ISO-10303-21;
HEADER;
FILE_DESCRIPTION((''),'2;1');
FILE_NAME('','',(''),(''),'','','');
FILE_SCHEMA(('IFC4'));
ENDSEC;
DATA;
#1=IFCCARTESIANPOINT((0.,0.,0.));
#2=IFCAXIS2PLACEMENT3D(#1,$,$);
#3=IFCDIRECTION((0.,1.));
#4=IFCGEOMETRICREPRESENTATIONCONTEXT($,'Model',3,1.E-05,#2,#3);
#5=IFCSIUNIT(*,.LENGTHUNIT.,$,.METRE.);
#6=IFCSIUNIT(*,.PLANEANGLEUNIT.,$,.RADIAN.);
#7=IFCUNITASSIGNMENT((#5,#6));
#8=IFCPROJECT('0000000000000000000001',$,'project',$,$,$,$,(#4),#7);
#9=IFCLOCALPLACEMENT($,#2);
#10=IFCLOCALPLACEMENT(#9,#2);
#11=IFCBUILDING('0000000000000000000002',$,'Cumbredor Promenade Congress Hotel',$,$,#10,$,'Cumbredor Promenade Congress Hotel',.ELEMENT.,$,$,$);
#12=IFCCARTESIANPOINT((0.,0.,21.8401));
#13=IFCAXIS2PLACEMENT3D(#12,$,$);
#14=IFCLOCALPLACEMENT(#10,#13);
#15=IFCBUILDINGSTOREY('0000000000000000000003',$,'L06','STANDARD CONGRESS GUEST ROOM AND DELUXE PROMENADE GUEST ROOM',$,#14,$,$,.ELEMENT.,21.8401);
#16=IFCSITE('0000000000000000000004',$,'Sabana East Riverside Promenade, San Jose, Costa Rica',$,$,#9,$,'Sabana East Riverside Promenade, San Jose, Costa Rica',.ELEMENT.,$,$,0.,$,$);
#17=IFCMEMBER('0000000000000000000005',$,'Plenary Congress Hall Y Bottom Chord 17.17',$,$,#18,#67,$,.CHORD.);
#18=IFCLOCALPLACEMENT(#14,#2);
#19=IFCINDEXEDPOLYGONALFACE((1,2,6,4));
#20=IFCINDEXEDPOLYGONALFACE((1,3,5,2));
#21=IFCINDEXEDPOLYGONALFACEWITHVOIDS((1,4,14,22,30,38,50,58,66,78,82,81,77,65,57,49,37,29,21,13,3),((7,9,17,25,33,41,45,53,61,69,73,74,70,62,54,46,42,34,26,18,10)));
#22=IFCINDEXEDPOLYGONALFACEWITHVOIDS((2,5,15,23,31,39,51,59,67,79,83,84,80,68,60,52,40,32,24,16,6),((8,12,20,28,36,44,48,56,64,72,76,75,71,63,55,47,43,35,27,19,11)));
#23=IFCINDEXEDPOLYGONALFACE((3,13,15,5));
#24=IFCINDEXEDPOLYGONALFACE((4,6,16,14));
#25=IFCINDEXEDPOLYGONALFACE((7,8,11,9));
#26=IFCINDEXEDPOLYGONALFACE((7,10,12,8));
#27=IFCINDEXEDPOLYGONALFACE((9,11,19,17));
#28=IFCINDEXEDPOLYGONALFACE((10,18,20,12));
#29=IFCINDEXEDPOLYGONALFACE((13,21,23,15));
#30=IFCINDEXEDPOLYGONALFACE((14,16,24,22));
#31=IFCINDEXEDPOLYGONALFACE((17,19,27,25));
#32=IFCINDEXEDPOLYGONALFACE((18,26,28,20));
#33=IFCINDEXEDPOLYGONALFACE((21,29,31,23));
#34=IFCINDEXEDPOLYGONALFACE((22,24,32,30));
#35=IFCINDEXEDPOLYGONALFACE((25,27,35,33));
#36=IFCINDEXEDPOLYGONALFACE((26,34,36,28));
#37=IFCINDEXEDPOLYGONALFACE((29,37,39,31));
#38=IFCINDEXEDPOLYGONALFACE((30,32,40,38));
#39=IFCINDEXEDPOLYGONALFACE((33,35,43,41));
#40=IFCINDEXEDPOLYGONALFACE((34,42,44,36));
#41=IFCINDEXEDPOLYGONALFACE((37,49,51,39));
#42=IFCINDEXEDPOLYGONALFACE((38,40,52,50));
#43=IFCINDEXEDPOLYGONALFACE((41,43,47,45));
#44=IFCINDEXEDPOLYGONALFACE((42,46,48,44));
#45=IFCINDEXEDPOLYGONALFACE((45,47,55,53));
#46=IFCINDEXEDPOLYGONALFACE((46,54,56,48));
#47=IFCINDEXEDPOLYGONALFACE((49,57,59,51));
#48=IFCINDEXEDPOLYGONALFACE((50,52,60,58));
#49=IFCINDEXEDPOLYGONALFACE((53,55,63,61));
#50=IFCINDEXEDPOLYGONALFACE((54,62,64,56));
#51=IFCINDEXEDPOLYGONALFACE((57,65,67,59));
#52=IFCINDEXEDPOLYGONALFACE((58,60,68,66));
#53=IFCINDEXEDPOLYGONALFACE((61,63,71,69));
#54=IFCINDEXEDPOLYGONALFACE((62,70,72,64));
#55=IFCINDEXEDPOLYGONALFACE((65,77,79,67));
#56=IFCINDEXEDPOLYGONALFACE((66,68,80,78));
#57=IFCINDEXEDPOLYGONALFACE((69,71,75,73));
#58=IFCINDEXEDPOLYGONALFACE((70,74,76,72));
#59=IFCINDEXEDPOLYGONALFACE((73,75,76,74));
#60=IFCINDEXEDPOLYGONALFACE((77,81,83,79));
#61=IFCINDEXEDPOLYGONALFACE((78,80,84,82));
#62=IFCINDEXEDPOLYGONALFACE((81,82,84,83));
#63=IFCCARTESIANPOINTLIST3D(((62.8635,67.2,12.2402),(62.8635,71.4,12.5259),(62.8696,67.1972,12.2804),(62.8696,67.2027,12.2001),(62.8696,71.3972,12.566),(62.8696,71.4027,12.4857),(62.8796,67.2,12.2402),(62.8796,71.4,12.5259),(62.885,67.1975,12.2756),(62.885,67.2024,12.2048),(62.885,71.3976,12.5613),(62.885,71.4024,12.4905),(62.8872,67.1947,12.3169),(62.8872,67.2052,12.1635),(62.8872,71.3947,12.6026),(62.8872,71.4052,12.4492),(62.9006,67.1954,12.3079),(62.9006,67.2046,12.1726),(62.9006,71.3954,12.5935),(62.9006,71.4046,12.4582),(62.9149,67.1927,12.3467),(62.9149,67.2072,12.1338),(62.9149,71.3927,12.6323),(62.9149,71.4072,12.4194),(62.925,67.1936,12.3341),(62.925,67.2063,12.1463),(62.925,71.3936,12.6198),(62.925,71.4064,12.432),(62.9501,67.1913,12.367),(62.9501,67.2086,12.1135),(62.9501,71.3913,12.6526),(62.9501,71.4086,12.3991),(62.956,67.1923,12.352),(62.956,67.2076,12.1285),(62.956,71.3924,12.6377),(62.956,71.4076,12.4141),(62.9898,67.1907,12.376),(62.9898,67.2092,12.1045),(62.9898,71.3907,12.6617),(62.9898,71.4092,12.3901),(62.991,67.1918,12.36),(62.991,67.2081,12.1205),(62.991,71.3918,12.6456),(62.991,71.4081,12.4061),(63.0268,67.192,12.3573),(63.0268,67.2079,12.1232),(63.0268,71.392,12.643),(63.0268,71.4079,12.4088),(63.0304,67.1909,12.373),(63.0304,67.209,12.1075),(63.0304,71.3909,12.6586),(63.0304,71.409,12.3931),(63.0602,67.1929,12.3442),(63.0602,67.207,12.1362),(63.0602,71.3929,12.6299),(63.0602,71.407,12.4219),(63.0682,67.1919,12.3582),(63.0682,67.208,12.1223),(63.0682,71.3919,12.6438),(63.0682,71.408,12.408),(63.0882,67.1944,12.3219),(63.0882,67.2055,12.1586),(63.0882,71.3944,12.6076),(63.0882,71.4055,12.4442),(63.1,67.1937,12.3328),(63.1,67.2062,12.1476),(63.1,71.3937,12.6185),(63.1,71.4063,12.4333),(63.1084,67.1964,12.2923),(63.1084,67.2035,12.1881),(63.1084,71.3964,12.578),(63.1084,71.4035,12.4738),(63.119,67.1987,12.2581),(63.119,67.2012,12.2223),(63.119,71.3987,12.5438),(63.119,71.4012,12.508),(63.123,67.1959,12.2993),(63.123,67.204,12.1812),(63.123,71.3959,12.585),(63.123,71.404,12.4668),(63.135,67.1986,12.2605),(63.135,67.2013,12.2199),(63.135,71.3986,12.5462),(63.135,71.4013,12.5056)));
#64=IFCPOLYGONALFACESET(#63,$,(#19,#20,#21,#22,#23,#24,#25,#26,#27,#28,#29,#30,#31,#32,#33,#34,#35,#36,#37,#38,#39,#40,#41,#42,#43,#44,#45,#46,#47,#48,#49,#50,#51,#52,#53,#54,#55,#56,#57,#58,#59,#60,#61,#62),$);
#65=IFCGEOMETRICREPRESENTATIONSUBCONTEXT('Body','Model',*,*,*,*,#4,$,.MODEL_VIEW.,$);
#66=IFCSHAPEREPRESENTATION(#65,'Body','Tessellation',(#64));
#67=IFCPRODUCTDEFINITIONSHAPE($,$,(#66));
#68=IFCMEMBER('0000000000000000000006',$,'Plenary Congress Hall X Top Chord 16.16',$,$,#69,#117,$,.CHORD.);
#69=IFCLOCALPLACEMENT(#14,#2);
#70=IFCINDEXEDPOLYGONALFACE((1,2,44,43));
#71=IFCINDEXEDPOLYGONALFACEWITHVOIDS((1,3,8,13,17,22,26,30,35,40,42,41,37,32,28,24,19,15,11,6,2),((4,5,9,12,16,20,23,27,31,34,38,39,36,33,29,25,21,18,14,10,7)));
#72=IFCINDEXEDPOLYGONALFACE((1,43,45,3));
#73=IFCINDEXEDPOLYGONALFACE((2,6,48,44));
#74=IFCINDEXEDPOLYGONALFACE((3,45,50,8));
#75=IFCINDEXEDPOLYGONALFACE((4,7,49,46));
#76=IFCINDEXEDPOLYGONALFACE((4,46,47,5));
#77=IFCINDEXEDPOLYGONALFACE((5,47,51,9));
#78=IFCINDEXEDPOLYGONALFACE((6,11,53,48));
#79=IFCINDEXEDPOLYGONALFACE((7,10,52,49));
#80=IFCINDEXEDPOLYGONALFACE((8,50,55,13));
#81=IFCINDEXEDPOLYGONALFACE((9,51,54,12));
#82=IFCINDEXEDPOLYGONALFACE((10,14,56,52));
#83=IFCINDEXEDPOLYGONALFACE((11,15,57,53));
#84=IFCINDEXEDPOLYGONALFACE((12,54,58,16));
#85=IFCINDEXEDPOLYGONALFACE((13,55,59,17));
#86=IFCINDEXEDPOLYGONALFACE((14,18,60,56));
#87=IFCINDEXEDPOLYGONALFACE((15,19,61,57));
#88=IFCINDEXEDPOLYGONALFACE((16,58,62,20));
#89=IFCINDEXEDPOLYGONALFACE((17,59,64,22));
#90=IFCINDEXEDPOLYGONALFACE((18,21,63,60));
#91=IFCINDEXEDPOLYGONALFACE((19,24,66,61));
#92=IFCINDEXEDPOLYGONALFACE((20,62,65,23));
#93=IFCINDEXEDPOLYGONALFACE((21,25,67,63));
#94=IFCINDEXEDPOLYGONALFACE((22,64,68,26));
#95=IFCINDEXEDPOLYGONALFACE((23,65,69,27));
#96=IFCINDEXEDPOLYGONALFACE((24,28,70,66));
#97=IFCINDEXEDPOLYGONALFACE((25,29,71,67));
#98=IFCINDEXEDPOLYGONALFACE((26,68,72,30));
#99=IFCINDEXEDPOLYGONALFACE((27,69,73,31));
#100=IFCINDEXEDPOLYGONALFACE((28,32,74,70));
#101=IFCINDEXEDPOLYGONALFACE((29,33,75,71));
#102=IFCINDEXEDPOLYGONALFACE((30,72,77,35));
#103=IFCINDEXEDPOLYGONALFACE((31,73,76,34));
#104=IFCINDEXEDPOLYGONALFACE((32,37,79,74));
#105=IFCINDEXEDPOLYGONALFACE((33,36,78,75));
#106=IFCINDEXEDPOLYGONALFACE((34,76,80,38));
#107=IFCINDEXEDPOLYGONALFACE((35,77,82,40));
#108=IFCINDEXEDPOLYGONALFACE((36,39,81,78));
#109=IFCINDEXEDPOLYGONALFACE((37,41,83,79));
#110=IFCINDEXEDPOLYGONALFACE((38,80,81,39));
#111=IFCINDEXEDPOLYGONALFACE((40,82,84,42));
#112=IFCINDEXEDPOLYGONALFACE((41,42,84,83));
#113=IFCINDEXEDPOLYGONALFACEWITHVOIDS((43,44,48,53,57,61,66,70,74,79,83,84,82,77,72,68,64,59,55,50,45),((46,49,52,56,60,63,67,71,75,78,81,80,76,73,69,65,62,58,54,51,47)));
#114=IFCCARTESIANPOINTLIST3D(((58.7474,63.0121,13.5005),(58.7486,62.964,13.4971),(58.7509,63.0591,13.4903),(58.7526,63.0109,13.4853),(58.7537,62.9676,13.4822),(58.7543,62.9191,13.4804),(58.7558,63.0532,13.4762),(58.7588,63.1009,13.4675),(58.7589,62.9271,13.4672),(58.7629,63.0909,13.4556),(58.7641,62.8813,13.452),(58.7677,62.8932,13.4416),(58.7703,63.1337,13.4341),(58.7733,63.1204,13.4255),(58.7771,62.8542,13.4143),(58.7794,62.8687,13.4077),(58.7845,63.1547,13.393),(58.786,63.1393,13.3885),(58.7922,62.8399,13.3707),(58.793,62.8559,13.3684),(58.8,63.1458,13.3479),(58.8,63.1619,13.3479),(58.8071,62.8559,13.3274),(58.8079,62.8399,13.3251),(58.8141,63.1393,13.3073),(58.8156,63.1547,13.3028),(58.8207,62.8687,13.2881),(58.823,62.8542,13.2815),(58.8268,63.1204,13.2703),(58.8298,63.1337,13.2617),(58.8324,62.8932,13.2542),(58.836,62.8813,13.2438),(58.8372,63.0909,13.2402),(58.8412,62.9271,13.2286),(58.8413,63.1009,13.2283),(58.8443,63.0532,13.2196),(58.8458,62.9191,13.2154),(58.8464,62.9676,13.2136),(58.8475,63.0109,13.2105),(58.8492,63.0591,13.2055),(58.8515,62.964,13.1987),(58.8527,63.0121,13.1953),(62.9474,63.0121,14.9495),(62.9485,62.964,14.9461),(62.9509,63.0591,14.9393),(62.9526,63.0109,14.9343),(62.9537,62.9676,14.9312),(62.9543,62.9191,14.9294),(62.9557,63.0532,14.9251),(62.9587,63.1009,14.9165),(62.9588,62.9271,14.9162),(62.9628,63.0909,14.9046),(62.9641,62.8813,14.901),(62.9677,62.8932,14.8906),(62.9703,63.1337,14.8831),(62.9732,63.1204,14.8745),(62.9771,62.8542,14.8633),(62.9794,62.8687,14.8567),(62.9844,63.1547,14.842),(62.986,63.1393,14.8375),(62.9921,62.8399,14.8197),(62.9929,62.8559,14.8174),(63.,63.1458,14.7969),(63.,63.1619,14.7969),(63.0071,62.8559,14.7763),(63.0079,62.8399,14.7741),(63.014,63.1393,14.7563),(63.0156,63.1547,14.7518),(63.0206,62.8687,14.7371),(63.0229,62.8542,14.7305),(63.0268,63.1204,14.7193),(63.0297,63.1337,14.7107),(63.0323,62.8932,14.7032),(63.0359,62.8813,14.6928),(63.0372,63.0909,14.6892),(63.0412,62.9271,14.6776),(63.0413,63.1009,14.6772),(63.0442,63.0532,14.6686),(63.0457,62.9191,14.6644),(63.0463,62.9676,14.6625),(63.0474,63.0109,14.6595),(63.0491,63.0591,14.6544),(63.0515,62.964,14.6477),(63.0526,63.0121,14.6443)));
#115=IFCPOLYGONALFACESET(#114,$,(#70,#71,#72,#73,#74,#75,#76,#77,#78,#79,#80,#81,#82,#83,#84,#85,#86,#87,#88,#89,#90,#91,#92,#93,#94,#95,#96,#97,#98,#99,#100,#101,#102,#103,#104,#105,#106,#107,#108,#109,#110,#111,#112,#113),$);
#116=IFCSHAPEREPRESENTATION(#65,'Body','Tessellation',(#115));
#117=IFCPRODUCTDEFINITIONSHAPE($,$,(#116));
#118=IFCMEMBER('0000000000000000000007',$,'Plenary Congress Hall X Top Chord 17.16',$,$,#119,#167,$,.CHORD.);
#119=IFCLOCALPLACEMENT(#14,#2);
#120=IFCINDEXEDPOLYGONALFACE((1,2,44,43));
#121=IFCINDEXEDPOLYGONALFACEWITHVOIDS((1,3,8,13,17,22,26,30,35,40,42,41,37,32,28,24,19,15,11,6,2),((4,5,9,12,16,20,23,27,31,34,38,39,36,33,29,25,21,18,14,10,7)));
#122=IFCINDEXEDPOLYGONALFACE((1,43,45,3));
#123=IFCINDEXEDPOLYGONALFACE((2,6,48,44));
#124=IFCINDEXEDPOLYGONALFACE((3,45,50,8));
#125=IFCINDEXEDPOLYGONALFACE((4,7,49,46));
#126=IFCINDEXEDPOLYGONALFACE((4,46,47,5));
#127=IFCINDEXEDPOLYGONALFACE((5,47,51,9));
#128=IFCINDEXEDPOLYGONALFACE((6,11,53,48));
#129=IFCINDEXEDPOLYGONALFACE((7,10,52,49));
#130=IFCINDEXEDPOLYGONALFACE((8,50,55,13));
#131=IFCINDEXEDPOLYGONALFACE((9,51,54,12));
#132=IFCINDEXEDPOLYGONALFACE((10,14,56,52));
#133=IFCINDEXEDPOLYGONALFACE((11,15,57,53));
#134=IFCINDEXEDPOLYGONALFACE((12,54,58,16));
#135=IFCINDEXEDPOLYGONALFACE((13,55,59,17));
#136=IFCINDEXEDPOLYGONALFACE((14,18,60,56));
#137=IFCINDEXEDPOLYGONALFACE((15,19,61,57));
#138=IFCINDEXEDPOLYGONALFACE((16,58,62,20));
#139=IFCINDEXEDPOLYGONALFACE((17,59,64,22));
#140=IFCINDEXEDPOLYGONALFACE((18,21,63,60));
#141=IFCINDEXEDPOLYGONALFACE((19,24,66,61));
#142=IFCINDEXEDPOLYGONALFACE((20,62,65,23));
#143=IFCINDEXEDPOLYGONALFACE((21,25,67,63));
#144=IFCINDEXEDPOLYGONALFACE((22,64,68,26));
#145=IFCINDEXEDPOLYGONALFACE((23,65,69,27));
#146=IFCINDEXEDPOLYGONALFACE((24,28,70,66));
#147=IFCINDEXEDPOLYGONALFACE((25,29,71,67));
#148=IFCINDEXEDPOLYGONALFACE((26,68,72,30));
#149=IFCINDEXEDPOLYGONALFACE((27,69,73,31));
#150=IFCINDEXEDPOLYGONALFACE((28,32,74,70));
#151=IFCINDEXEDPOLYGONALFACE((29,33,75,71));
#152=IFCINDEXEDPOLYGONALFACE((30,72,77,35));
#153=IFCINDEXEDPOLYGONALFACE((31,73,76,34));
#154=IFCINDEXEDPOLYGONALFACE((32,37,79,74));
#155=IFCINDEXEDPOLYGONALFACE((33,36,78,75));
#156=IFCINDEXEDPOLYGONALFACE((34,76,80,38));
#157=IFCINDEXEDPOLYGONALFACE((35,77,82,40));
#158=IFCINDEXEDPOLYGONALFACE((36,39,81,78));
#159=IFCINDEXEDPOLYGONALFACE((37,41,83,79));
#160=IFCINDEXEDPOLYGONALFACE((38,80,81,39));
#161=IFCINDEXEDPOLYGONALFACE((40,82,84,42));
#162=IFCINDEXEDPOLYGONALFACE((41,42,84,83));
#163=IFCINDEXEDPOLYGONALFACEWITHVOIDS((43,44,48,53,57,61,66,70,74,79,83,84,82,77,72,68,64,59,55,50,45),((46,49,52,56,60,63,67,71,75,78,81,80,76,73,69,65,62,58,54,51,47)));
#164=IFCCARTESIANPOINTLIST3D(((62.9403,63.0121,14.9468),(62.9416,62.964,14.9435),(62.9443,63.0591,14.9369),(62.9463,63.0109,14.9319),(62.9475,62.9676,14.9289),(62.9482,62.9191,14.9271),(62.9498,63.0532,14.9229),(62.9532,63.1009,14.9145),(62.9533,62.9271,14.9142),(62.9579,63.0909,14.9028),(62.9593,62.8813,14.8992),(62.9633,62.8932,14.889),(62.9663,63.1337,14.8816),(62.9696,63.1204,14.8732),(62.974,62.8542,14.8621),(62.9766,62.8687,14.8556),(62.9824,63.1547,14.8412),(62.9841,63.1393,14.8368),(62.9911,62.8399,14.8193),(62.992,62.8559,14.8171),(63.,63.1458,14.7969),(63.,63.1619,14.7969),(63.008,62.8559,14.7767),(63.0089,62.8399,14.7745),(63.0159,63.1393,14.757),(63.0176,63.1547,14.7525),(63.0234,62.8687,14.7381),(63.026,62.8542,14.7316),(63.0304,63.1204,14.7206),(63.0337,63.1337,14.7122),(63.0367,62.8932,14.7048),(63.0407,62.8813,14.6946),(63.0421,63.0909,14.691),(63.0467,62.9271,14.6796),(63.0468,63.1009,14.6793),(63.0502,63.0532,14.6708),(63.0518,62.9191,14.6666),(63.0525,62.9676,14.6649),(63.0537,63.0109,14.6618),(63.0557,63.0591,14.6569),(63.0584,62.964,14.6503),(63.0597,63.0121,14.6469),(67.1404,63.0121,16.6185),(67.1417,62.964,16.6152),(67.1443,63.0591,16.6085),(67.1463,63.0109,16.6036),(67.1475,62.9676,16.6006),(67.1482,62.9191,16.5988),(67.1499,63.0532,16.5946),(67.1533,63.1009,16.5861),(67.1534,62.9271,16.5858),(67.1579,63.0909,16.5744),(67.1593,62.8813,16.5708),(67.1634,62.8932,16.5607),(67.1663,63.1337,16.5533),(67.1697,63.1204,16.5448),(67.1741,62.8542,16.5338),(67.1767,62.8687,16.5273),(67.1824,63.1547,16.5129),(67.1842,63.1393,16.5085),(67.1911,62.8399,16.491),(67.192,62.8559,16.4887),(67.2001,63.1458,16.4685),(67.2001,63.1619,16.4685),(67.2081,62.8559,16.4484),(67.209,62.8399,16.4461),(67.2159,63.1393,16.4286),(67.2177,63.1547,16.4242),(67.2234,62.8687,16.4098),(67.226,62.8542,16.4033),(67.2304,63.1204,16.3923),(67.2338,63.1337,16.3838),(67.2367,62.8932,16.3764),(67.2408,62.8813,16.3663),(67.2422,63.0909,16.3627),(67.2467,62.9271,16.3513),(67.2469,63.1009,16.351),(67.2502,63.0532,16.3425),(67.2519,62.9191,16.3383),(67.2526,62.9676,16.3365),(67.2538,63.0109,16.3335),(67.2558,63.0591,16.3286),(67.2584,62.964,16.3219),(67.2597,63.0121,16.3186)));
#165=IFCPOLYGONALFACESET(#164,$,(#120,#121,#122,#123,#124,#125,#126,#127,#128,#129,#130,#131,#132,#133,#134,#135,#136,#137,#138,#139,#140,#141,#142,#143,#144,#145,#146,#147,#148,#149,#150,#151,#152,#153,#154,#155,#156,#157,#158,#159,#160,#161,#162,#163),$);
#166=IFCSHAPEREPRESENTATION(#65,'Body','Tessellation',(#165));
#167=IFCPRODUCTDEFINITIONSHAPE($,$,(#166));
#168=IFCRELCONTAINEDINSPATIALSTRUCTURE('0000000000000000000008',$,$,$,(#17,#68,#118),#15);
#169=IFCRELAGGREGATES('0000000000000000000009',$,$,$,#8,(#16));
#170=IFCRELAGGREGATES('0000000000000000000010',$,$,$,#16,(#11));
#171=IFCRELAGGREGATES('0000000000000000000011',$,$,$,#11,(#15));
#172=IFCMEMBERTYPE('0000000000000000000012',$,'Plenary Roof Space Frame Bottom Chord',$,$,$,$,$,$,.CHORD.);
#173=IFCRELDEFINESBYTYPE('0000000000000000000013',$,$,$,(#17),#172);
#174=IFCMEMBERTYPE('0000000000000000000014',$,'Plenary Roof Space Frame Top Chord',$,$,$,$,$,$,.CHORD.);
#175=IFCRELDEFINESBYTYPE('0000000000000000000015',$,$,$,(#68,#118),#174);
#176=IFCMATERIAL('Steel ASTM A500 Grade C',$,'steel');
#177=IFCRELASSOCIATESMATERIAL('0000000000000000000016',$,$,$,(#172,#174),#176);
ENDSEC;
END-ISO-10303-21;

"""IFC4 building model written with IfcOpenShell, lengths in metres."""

from ifc_helpers import new_model, si_unit, direction, frame, origin, origin_2d, place, context, subcontext, project, spatial, hollow_circle, extrude, material, material_profile, profile_set, type_object, element, save


model = new_model("IFC4")

# Units and contexts
model_context = context("Model", 3, precision=1e-05, world=origin(), true_north=direction((0.0, 1.0)))
body_context = subcontext(model_context, "Body", "Model", "MODEL_VIEW")
ifc_project = project(units=[si_unit("LENGTHUNIT", "METRE"), si_unit("PLANEANGLEUNIT", "RADIAN")], contexts=[model_context])

# Site, building, storey
site_placement = place(None, origin())
site = spatial("IfcSite", under=ifc_project, at=site_placement, Name="Sabana East Riverside Promenade, San Jose, Costa Rica", LongName="Sabana East Riverside Promenade, San Jose, Costa Rica", CompositionType="ELEMENT", RefElevation=0.0)
building_placement = place(site_placement, origin())
building = spatial("IfcBuilding", under=site, at=building_placement, Name="Cumbredor Promenade Congress Hotel", LongName="Cumbredor Promenade Congress Hotel", CompositionType="ELEMENT")
storey_placement = place(building_placement, frame((0.0, 0.0, 21.8401)))
storey = spatial("IfcBuildingStorey", under=building, at=storey_placement, Name="L06", Description="STANDARD CONGRESS GUEST ROOM AND DELUXE PROMENADE GUEST ROOM", CompositionType="ELEMENT", Elevation=21.8401)

# Members
ifc_material_1 = material(Name="Steel ASTM A500 Grade C", Category="steel")
ifc_material_profile_1 = material_profile(ifc_material_1, hollow_circle(Radius=0.1365, WallThickness=0.0161, at=origin_2d()), Name="CHS 273.0x16")
ifc_profile_set_1 = profile_set([ifc_material_profile_1], Name="Steel ASTM A500 Grade C")
member_type_1 = type_object("IfcMemberType", Name="Plenary Roof Space Frame Bottom Chord", PredefinedType="CHORD", material=ifc_profile_set_1)
member_1_placement = place(storey_placement, frame((63.0, 67.2, 12.2402), z_axis=(0.0, 0.997695, 0.067855), x_axis=(-1.0, 0.0, 0.0)))
element("IfcMember", 1, at=member_1_placement, inside=storey, type_object=member_type_1, Name="Plenary Congress Hall Y Bottom Chord 17.17", PredefinedType="CHORD", context=body_context, shape_type="SweptSolid", body=[
    extrude(hollow_circle(Radius=0.1365, WallThickness=0.0161, at=origin_2d()), origin(), (0.0, 0.0, 1.0), 4.2097),
])
ifc_material_profile_2 = material_profile(ifc_material_1, hollow_circle(Radius=0.1619, WallThickness=0.0161, at=origin_2d()), Name="CHS 323.9x16")
ifc_profile_set_2 = profile_set([ifc_material_profile_2], Name="Steel ASTM A500 Grade C")
member_type_2 = type_object("IfcMemberType", Name="Plenary Roof Space Frame Top Chord", PredefinedType="CHORD", material=ifc_profile_set_2)
member_2_placement = place(storey_placement, frame((58.8, 63.0, 13.3479), z_axis=(0.945323, 0.0, 0.326135), x_axis=(0.0, 1.0, 0.0)))
element("IfcMember", 2, at=member_2_placement, inside=storey, type_object=member_type_2, Name="Plenary Congress Hall X Top Chord 16.16", PredefinedType="CHORD", context=body_context, shape_type="SweptSolid", body=[
    extrude(hollow_circle(Radius=0.1619, WallThickness=0.0161, at=origin_2d()), origin(), (0.0, 0.0, 1.0), 4.4429),
])
member_3_placement = place(storey_placement, frame((63.0, 63.0, 14.7969), z_axis=(0.929112, 0.0, 0.369798), x_axis=(0.0, 1.0, 0.0)))
element("IfcMember", 3, at=member_3_placement, inside=storey, type_object=member_type_2, Name="Plenary Congress Hall X Top Chord 17.16", PredefinedType="CHORD", context=body_context, shape_type="SweptSolid", body=[
    extrude(hollow_circle(Radius=0.1619, WallThickness=0.0161, at=origin_2d()), origin(), (0.0, 0.0, 1.0), 4.5205),
])

save(model, "model.ifc")
